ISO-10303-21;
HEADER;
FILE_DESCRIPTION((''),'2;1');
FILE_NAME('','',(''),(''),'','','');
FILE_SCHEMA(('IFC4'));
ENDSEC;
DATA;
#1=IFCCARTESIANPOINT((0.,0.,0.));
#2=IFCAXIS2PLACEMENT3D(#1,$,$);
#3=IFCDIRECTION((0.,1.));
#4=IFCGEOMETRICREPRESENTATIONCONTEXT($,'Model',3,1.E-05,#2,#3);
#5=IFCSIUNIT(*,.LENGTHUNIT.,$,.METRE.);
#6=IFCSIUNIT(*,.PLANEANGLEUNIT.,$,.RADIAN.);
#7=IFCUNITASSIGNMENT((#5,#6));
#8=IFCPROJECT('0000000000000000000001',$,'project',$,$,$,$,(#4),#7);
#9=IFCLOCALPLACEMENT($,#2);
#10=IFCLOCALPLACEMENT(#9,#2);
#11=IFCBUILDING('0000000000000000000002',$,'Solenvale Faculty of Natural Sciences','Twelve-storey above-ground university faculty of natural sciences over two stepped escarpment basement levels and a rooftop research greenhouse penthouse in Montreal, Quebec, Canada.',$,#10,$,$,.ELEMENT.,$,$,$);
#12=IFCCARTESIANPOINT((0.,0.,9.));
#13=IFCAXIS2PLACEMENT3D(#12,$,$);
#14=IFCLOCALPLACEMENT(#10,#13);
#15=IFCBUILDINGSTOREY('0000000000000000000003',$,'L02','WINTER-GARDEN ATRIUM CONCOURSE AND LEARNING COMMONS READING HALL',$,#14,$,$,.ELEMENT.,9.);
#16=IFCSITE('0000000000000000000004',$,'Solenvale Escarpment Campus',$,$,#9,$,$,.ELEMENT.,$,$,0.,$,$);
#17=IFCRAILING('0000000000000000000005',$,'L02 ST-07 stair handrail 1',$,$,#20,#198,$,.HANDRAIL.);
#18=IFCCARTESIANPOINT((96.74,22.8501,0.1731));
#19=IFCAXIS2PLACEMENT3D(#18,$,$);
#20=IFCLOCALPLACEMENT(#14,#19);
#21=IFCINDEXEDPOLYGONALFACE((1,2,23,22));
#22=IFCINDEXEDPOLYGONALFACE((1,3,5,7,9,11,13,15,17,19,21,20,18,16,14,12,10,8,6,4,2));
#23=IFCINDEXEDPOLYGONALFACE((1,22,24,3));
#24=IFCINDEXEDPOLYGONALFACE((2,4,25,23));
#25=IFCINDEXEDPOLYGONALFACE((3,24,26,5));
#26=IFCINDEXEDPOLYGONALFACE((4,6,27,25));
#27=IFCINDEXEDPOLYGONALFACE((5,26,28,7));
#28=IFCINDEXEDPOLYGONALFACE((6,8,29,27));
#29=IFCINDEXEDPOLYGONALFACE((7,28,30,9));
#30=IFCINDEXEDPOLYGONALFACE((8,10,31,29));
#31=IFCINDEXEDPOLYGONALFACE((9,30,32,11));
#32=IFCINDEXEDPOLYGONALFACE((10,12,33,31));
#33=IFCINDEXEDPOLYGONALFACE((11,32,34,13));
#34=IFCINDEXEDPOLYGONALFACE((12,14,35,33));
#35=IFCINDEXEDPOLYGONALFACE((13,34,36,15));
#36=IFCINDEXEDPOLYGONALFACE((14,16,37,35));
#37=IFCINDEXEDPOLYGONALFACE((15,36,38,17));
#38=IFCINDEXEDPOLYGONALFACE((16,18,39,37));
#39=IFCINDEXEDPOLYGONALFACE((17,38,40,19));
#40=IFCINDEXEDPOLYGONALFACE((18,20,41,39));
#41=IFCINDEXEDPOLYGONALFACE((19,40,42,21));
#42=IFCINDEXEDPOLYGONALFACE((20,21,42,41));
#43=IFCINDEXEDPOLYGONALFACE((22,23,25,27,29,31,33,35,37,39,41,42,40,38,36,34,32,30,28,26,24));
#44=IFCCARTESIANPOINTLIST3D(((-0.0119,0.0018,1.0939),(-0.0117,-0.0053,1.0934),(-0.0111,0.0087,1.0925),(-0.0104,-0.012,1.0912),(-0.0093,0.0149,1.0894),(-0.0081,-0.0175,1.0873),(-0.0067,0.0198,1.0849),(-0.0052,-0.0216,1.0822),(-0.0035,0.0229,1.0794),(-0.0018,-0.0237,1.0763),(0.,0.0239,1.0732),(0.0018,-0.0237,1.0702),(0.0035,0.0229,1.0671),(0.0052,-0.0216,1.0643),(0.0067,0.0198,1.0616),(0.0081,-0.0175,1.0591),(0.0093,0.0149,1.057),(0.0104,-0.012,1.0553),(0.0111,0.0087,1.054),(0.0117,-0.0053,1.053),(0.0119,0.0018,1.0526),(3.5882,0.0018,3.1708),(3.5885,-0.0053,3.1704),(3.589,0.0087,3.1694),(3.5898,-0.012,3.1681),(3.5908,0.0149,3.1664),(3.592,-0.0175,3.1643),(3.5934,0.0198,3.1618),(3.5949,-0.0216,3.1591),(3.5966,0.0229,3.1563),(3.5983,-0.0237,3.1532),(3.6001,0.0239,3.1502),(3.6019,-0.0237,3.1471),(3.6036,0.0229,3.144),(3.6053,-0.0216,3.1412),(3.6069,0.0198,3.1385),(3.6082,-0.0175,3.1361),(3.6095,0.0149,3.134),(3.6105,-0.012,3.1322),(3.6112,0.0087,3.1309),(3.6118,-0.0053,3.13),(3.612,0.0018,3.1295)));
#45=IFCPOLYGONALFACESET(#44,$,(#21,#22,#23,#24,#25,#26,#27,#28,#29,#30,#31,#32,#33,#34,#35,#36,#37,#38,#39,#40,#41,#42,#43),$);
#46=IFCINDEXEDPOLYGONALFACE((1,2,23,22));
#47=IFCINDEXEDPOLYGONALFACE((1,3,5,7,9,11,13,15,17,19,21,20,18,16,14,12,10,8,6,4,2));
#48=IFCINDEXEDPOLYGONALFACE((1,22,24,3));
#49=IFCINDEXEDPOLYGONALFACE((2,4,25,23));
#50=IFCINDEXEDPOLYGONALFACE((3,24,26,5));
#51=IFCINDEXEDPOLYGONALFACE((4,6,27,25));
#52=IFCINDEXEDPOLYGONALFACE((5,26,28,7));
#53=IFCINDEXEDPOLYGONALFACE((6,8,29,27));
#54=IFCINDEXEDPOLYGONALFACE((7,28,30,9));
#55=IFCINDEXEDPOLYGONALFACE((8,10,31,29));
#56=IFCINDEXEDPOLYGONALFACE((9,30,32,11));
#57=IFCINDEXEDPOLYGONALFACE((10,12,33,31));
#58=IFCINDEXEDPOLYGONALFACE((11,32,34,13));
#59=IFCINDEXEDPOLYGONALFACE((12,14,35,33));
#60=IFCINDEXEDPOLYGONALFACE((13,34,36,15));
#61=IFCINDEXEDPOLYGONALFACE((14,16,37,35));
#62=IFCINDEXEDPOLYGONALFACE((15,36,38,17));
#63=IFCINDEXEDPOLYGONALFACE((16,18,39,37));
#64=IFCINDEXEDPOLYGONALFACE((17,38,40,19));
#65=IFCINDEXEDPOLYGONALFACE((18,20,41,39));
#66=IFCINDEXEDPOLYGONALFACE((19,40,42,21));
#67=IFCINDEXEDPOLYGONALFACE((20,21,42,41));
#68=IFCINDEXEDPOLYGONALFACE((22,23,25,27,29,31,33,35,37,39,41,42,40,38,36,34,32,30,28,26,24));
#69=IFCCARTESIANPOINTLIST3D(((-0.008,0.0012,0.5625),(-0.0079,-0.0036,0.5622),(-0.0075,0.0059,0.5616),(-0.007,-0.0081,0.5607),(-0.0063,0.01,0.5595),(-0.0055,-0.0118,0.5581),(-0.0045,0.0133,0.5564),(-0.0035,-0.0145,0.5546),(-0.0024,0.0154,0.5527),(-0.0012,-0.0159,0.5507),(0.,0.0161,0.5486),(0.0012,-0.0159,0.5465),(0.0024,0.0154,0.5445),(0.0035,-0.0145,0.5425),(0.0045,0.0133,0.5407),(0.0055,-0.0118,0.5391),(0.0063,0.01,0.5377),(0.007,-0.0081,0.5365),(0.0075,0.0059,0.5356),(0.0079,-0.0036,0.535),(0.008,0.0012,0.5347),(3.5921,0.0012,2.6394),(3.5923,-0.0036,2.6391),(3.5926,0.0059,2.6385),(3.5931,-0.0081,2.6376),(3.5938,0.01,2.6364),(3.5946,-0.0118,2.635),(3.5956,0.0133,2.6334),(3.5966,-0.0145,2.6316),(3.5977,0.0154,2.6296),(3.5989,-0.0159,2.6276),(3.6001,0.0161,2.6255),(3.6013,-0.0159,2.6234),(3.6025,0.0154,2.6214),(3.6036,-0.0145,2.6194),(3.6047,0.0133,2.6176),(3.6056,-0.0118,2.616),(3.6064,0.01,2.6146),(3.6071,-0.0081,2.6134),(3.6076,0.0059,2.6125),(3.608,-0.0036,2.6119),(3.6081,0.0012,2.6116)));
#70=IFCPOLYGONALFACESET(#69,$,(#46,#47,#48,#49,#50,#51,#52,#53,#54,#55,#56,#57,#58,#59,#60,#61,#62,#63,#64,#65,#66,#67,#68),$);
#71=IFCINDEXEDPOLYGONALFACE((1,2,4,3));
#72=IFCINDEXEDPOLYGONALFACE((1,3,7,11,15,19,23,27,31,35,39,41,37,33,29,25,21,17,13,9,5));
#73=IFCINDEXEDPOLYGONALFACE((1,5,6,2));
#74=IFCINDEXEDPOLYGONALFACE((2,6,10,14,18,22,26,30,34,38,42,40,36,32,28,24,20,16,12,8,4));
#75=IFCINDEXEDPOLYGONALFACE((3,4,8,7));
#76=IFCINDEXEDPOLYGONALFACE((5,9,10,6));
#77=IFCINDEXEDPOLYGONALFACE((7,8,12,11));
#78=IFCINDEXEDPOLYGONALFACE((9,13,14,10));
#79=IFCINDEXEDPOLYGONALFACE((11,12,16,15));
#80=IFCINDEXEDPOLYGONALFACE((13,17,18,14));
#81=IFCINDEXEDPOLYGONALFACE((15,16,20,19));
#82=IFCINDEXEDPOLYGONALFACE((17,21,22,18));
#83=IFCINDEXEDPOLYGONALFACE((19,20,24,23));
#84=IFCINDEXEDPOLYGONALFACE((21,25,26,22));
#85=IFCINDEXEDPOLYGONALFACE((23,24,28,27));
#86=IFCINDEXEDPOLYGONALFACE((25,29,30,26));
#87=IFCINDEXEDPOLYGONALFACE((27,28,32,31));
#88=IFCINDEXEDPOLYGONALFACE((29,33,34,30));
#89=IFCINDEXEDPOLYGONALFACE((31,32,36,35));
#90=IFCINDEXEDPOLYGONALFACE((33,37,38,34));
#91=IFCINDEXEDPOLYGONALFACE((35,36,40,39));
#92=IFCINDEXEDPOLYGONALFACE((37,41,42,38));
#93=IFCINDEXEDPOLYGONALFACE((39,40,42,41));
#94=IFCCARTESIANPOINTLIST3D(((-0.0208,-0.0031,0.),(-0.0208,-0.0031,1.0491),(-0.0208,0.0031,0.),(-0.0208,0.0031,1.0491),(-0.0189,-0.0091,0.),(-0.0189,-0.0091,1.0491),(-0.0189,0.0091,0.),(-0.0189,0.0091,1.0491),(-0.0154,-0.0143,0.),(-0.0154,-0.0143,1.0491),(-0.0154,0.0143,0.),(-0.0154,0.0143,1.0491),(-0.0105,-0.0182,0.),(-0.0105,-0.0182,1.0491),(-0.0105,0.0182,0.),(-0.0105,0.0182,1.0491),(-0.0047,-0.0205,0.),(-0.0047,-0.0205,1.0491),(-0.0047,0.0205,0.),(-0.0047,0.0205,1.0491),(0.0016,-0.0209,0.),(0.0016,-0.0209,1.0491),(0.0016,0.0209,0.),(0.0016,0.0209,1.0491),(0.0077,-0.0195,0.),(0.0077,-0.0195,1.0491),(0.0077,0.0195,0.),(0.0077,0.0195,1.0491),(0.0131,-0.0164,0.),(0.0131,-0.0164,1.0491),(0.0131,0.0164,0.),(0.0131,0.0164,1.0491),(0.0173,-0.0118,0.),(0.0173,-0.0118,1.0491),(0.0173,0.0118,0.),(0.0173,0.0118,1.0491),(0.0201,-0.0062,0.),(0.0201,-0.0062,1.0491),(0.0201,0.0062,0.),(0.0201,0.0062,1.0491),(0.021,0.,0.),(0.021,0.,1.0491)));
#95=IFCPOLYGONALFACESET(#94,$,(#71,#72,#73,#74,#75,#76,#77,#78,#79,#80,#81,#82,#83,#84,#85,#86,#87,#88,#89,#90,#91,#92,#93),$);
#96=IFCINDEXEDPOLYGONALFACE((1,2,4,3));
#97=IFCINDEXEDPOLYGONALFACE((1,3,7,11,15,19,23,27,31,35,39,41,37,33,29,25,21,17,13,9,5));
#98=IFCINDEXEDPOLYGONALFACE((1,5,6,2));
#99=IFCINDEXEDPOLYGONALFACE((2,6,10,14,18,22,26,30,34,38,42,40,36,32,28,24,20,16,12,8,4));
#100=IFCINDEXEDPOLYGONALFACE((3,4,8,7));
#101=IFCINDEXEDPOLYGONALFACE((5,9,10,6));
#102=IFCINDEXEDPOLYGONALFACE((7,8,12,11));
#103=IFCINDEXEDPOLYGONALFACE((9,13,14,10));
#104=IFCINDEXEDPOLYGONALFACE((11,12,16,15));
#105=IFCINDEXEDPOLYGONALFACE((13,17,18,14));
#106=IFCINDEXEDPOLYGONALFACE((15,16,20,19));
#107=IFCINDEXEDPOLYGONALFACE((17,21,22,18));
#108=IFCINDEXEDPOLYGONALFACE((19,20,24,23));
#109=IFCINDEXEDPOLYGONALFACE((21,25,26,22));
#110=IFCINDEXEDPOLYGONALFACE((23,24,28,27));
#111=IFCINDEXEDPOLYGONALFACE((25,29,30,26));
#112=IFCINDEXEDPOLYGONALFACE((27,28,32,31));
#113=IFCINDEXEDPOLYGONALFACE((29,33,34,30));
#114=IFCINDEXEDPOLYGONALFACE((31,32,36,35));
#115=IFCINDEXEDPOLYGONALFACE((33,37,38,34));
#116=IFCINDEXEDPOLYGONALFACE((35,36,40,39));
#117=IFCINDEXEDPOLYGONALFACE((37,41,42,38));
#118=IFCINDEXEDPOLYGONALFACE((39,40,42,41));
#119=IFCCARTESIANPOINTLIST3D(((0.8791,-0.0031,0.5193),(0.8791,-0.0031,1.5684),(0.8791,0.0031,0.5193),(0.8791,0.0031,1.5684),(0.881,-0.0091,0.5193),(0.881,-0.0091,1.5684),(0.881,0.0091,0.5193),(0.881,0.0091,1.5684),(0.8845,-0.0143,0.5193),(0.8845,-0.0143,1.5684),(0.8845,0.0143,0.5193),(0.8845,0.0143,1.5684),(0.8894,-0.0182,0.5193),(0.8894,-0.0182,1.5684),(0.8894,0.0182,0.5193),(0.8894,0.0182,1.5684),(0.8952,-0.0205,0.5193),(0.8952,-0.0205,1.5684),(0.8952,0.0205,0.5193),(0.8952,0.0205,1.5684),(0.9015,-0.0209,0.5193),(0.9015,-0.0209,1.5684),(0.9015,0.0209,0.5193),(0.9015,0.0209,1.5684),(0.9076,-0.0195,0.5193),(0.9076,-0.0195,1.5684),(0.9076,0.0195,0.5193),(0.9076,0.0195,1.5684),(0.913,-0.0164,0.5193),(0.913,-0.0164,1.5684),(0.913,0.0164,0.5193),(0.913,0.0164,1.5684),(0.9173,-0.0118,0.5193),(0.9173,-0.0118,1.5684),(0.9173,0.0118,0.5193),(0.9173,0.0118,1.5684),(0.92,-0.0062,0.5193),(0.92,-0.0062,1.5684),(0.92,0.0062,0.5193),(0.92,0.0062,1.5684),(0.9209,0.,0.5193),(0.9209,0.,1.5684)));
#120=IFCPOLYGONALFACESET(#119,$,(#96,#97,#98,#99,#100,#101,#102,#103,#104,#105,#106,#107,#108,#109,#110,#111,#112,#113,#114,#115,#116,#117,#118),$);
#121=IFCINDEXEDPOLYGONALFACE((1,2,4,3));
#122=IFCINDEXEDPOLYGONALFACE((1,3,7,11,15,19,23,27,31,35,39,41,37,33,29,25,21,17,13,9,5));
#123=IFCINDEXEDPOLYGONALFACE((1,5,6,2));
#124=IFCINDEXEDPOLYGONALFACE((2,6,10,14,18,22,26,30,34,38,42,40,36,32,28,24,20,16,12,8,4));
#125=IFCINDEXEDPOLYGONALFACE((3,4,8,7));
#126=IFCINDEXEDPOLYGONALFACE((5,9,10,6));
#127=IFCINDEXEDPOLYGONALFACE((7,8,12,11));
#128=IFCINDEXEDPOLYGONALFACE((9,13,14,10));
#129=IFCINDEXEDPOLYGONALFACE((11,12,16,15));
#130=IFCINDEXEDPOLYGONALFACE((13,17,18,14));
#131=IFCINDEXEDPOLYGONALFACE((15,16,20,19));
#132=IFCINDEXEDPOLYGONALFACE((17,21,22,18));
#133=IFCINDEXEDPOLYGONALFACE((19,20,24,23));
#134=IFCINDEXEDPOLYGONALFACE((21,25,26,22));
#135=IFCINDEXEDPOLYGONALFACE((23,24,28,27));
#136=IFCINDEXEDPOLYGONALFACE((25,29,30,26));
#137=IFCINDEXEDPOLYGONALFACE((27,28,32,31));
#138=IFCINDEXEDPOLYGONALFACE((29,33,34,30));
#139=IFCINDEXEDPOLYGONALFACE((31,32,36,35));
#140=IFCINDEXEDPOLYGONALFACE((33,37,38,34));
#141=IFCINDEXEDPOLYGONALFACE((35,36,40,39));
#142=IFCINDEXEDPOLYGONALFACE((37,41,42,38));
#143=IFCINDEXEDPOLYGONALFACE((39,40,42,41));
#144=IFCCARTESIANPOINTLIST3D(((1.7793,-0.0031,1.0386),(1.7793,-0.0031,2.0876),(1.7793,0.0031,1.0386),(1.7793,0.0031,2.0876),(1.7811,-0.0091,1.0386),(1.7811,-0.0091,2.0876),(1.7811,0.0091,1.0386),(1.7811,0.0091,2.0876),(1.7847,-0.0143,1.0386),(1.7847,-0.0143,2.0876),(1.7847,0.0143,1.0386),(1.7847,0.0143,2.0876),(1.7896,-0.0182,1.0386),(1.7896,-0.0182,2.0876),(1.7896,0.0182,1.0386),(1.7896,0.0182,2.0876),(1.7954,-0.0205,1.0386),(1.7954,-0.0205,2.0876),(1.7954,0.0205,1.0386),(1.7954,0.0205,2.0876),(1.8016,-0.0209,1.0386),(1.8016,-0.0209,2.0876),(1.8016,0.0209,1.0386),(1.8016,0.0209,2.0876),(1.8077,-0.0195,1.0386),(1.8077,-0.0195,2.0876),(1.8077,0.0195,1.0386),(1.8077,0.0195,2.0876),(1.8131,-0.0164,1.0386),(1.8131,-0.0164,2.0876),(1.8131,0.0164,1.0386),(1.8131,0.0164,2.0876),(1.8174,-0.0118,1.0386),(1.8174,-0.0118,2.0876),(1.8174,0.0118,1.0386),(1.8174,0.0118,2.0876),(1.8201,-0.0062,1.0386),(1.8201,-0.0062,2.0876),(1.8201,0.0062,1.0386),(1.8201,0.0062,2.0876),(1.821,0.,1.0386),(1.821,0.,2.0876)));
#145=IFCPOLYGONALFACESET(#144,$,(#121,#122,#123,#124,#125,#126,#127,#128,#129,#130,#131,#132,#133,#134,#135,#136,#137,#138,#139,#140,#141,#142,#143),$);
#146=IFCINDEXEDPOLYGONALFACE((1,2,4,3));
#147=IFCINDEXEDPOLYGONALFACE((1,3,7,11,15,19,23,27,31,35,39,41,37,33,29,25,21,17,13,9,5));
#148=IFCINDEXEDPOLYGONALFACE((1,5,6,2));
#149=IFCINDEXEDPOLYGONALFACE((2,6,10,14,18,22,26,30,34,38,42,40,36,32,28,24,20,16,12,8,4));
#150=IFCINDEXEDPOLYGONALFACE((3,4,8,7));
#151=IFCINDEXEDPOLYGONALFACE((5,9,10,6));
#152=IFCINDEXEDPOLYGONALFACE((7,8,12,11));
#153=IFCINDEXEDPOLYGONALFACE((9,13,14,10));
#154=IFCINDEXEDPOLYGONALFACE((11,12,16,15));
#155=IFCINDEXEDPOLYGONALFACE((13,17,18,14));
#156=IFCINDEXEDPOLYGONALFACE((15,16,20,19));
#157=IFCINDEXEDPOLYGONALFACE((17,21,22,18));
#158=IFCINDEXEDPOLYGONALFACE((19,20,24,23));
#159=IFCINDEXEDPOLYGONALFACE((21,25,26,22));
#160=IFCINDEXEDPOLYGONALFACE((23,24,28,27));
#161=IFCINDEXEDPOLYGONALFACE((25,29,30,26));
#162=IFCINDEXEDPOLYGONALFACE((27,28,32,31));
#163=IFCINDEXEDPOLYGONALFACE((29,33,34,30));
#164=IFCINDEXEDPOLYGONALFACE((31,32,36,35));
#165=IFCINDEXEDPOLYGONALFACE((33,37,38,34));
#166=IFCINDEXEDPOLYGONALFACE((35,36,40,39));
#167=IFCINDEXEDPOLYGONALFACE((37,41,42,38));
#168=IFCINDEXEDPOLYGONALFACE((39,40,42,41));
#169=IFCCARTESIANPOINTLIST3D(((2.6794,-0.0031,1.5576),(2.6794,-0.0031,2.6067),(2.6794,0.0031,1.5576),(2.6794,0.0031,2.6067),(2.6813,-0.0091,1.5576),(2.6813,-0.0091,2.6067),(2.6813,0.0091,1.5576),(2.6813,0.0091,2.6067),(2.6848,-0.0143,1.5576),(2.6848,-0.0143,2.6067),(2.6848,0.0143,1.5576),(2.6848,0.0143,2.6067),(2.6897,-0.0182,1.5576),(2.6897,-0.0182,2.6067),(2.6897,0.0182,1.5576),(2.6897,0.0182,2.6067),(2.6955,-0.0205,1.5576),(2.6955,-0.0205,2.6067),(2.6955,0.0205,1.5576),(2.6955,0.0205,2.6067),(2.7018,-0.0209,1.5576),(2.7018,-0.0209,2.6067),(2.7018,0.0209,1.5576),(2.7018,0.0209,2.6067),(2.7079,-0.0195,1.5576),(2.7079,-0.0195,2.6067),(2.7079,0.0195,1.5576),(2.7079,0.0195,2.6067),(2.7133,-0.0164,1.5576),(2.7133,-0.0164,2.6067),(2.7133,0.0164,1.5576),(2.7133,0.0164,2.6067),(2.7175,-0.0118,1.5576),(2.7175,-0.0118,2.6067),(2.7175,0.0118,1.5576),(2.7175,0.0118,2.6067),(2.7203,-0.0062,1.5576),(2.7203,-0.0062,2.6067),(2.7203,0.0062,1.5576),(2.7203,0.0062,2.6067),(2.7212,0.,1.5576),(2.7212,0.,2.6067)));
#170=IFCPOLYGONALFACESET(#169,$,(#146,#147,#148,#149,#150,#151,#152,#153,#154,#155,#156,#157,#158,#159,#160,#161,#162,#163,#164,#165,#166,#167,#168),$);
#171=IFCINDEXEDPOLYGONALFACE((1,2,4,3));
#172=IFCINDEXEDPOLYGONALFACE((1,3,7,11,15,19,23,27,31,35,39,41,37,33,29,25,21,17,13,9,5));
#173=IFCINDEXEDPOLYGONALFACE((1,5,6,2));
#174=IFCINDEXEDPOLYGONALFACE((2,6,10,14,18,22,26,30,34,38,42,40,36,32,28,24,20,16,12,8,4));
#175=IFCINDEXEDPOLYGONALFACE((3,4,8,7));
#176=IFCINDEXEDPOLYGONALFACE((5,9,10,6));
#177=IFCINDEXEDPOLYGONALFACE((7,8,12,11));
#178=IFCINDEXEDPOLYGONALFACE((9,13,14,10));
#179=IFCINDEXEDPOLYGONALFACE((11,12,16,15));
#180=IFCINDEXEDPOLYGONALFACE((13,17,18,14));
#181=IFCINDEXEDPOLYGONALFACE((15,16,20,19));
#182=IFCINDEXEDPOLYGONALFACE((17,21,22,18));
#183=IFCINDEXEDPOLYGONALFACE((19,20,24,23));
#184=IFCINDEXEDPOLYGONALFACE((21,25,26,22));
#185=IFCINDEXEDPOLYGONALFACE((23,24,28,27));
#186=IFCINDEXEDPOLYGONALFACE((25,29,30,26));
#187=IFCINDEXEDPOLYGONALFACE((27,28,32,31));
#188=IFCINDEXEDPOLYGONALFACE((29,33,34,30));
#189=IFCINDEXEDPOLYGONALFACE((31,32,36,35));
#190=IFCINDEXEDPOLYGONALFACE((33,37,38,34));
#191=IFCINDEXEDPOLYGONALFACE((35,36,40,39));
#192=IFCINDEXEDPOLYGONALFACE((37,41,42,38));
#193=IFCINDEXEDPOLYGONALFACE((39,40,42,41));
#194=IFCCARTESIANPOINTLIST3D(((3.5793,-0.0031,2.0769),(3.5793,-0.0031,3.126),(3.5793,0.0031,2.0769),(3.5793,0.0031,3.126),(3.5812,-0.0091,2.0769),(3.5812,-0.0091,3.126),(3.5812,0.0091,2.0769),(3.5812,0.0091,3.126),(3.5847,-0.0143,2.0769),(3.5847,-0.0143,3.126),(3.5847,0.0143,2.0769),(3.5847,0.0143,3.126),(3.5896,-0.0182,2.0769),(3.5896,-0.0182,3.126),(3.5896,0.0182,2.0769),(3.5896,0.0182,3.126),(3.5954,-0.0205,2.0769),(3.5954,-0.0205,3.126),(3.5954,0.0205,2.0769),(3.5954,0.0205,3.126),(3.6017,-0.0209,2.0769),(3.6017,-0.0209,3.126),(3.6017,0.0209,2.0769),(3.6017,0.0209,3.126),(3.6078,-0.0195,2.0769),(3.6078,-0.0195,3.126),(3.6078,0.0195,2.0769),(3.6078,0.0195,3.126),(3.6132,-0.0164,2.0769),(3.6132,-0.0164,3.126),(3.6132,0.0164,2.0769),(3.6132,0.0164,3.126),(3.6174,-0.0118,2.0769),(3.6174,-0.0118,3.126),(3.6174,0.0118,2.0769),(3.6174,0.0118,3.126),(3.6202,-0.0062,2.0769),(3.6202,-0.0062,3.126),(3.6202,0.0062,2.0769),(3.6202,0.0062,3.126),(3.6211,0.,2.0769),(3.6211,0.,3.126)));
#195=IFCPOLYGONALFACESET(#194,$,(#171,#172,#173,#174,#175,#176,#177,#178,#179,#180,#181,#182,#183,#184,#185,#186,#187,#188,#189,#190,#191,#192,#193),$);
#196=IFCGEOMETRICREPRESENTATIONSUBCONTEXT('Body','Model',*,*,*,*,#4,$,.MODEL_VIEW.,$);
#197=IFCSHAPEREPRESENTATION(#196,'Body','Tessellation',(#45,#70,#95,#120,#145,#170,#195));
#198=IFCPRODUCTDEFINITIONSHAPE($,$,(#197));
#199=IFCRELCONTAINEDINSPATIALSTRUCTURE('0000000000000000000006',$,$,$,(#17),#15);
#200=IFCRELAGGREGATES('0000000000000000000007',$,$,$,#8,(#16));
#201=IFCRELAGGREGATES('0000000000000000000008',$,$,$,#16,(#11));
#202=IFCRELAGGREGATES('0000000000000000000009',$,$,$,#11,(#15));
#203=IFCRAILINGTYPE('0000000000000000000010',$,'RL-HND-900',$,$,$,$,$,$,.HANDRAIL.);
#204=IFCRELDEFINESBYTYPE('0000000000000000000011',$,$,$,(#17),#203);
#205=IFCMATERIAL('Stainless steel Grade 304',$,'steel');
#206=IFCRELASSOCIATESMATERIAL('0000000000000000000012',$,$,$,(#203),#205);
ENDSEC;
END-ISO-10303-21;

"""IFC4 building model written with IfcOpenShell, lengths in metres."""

from ifc_helpers import new_model, si_unit, direction, frame, origin, origin_2d, place, context, subcontext, project, spatial, circle, extrude, material, type_object, element, save


model = new_model("IFC4")

# Units and contexts
model_context = context("Model", 3, precision=1e-05, world=origin(), true_north=direction((0.0, 1.0)))
body_context = subcontext(model_context, "Body", "Model", "MODEL_VIEW")
ifc_project = project(units=[si_unit("LENGTHUNIT", "METRE"), si_unit("PLANEANGLEUNIT", "RADIAN")], contexts=[model_context])

# Site, building, storey
site_placement = place(None, origin())
site = spatial("IfcSite", under=ifc_project, at=site_placement, Name="Solenvale Escarpment Campus", CompositionType="ELEMENT", RefElevation=0.0)
building_placement = place(site_placement, origin())
building = spatial("IfcBuilding", under=site, at=building_placement, Name="Solenvale Faculty of Natural Sciences", Description="Twelve-storey above-ground university faculty of natural sciences over two stepped escarpment basement levels and a rooftop research greenhouse penthouse in Montreal, Quebec, Canada.", CompositionType="ELEMENT")
storey_placement = place(building_placement, frame((0.0, 0.0, 9.0)))
storey = spatial("IfcBuildingStorey", under=building, at=storey_placement, Name="L02", Description="WINTER-GARDEN ATRIUM CONCOURSE AND LEARNING COMMONS READING HALL", CompositionType="ELEMENT", Elevation=9.0)

# Railing
ifc_material_1 = material(Name="Stainless steel Grade 304", Category="steel")
railing_type_1 = type_object("IfcRailingType", Name="RL-HND-900", PredefinedType="HANDRAIL", material=ifc_material_1)
railing_1_placement = place(storey_placement, frame((96.74, 22.8501, 0.1731)))
element("IfcRailing", 1, at=railing_1_placement, inside=storey, type_object=railing_type_1, Name="L02 ST-07 stair handrail 1", PredefinedType="HANDRAIL", context=body_context, shape_type="SweptSolid", body=[
    extrude(circle(Radius=0.0239, at=origin_2d()), frame((0.0, 0.0, 1.0732), z_axis=(0.866193, 0.0, 0.499709), x_axis=(0.0, 1.0, 0.0)), (0.0, 0.0, 1.0), 4.1562),
    extrude(circle(Radius=0.0161, at=origin_2d()), frame((0.0, 0.0, 0.5486), z_axis=(0.866193, 0.0, 0.499709), x_axis=(0.0, 1.0, 0.0)), (0.0, 0.0, 1.0), 4.1562),
    extrude(circle(Radius=0.021, at=origin_2d()), origin(), (0.0, 0.0, 1.0), 1.0491),
    extrude(circle(Radius=0.021, at=origin_2d()), frame((0.8999, 0.0, 0.5193)), (0.0, 0.0, 1.0), 1.0491),
    extrude(circle(Radius=0.021, at=origin_2d()), frame((1.8, 0.0, 1.0386)), (0.0, 0.0, 1.0), 1.0491),
    extrude(circle(Radius=0.021, at=origin_2d()), frame((2.7002, 0.0, 1.5576)), (0.0, 0.0, 1.0), 1.0491),
    extrude(circle(Radius=0.021, at=origin_2d()), frame((3.6001, 0.0, 2.0769)), (0.0, 0.0, 1.0), 1.0491),
])

save(model, "model.ifc")
